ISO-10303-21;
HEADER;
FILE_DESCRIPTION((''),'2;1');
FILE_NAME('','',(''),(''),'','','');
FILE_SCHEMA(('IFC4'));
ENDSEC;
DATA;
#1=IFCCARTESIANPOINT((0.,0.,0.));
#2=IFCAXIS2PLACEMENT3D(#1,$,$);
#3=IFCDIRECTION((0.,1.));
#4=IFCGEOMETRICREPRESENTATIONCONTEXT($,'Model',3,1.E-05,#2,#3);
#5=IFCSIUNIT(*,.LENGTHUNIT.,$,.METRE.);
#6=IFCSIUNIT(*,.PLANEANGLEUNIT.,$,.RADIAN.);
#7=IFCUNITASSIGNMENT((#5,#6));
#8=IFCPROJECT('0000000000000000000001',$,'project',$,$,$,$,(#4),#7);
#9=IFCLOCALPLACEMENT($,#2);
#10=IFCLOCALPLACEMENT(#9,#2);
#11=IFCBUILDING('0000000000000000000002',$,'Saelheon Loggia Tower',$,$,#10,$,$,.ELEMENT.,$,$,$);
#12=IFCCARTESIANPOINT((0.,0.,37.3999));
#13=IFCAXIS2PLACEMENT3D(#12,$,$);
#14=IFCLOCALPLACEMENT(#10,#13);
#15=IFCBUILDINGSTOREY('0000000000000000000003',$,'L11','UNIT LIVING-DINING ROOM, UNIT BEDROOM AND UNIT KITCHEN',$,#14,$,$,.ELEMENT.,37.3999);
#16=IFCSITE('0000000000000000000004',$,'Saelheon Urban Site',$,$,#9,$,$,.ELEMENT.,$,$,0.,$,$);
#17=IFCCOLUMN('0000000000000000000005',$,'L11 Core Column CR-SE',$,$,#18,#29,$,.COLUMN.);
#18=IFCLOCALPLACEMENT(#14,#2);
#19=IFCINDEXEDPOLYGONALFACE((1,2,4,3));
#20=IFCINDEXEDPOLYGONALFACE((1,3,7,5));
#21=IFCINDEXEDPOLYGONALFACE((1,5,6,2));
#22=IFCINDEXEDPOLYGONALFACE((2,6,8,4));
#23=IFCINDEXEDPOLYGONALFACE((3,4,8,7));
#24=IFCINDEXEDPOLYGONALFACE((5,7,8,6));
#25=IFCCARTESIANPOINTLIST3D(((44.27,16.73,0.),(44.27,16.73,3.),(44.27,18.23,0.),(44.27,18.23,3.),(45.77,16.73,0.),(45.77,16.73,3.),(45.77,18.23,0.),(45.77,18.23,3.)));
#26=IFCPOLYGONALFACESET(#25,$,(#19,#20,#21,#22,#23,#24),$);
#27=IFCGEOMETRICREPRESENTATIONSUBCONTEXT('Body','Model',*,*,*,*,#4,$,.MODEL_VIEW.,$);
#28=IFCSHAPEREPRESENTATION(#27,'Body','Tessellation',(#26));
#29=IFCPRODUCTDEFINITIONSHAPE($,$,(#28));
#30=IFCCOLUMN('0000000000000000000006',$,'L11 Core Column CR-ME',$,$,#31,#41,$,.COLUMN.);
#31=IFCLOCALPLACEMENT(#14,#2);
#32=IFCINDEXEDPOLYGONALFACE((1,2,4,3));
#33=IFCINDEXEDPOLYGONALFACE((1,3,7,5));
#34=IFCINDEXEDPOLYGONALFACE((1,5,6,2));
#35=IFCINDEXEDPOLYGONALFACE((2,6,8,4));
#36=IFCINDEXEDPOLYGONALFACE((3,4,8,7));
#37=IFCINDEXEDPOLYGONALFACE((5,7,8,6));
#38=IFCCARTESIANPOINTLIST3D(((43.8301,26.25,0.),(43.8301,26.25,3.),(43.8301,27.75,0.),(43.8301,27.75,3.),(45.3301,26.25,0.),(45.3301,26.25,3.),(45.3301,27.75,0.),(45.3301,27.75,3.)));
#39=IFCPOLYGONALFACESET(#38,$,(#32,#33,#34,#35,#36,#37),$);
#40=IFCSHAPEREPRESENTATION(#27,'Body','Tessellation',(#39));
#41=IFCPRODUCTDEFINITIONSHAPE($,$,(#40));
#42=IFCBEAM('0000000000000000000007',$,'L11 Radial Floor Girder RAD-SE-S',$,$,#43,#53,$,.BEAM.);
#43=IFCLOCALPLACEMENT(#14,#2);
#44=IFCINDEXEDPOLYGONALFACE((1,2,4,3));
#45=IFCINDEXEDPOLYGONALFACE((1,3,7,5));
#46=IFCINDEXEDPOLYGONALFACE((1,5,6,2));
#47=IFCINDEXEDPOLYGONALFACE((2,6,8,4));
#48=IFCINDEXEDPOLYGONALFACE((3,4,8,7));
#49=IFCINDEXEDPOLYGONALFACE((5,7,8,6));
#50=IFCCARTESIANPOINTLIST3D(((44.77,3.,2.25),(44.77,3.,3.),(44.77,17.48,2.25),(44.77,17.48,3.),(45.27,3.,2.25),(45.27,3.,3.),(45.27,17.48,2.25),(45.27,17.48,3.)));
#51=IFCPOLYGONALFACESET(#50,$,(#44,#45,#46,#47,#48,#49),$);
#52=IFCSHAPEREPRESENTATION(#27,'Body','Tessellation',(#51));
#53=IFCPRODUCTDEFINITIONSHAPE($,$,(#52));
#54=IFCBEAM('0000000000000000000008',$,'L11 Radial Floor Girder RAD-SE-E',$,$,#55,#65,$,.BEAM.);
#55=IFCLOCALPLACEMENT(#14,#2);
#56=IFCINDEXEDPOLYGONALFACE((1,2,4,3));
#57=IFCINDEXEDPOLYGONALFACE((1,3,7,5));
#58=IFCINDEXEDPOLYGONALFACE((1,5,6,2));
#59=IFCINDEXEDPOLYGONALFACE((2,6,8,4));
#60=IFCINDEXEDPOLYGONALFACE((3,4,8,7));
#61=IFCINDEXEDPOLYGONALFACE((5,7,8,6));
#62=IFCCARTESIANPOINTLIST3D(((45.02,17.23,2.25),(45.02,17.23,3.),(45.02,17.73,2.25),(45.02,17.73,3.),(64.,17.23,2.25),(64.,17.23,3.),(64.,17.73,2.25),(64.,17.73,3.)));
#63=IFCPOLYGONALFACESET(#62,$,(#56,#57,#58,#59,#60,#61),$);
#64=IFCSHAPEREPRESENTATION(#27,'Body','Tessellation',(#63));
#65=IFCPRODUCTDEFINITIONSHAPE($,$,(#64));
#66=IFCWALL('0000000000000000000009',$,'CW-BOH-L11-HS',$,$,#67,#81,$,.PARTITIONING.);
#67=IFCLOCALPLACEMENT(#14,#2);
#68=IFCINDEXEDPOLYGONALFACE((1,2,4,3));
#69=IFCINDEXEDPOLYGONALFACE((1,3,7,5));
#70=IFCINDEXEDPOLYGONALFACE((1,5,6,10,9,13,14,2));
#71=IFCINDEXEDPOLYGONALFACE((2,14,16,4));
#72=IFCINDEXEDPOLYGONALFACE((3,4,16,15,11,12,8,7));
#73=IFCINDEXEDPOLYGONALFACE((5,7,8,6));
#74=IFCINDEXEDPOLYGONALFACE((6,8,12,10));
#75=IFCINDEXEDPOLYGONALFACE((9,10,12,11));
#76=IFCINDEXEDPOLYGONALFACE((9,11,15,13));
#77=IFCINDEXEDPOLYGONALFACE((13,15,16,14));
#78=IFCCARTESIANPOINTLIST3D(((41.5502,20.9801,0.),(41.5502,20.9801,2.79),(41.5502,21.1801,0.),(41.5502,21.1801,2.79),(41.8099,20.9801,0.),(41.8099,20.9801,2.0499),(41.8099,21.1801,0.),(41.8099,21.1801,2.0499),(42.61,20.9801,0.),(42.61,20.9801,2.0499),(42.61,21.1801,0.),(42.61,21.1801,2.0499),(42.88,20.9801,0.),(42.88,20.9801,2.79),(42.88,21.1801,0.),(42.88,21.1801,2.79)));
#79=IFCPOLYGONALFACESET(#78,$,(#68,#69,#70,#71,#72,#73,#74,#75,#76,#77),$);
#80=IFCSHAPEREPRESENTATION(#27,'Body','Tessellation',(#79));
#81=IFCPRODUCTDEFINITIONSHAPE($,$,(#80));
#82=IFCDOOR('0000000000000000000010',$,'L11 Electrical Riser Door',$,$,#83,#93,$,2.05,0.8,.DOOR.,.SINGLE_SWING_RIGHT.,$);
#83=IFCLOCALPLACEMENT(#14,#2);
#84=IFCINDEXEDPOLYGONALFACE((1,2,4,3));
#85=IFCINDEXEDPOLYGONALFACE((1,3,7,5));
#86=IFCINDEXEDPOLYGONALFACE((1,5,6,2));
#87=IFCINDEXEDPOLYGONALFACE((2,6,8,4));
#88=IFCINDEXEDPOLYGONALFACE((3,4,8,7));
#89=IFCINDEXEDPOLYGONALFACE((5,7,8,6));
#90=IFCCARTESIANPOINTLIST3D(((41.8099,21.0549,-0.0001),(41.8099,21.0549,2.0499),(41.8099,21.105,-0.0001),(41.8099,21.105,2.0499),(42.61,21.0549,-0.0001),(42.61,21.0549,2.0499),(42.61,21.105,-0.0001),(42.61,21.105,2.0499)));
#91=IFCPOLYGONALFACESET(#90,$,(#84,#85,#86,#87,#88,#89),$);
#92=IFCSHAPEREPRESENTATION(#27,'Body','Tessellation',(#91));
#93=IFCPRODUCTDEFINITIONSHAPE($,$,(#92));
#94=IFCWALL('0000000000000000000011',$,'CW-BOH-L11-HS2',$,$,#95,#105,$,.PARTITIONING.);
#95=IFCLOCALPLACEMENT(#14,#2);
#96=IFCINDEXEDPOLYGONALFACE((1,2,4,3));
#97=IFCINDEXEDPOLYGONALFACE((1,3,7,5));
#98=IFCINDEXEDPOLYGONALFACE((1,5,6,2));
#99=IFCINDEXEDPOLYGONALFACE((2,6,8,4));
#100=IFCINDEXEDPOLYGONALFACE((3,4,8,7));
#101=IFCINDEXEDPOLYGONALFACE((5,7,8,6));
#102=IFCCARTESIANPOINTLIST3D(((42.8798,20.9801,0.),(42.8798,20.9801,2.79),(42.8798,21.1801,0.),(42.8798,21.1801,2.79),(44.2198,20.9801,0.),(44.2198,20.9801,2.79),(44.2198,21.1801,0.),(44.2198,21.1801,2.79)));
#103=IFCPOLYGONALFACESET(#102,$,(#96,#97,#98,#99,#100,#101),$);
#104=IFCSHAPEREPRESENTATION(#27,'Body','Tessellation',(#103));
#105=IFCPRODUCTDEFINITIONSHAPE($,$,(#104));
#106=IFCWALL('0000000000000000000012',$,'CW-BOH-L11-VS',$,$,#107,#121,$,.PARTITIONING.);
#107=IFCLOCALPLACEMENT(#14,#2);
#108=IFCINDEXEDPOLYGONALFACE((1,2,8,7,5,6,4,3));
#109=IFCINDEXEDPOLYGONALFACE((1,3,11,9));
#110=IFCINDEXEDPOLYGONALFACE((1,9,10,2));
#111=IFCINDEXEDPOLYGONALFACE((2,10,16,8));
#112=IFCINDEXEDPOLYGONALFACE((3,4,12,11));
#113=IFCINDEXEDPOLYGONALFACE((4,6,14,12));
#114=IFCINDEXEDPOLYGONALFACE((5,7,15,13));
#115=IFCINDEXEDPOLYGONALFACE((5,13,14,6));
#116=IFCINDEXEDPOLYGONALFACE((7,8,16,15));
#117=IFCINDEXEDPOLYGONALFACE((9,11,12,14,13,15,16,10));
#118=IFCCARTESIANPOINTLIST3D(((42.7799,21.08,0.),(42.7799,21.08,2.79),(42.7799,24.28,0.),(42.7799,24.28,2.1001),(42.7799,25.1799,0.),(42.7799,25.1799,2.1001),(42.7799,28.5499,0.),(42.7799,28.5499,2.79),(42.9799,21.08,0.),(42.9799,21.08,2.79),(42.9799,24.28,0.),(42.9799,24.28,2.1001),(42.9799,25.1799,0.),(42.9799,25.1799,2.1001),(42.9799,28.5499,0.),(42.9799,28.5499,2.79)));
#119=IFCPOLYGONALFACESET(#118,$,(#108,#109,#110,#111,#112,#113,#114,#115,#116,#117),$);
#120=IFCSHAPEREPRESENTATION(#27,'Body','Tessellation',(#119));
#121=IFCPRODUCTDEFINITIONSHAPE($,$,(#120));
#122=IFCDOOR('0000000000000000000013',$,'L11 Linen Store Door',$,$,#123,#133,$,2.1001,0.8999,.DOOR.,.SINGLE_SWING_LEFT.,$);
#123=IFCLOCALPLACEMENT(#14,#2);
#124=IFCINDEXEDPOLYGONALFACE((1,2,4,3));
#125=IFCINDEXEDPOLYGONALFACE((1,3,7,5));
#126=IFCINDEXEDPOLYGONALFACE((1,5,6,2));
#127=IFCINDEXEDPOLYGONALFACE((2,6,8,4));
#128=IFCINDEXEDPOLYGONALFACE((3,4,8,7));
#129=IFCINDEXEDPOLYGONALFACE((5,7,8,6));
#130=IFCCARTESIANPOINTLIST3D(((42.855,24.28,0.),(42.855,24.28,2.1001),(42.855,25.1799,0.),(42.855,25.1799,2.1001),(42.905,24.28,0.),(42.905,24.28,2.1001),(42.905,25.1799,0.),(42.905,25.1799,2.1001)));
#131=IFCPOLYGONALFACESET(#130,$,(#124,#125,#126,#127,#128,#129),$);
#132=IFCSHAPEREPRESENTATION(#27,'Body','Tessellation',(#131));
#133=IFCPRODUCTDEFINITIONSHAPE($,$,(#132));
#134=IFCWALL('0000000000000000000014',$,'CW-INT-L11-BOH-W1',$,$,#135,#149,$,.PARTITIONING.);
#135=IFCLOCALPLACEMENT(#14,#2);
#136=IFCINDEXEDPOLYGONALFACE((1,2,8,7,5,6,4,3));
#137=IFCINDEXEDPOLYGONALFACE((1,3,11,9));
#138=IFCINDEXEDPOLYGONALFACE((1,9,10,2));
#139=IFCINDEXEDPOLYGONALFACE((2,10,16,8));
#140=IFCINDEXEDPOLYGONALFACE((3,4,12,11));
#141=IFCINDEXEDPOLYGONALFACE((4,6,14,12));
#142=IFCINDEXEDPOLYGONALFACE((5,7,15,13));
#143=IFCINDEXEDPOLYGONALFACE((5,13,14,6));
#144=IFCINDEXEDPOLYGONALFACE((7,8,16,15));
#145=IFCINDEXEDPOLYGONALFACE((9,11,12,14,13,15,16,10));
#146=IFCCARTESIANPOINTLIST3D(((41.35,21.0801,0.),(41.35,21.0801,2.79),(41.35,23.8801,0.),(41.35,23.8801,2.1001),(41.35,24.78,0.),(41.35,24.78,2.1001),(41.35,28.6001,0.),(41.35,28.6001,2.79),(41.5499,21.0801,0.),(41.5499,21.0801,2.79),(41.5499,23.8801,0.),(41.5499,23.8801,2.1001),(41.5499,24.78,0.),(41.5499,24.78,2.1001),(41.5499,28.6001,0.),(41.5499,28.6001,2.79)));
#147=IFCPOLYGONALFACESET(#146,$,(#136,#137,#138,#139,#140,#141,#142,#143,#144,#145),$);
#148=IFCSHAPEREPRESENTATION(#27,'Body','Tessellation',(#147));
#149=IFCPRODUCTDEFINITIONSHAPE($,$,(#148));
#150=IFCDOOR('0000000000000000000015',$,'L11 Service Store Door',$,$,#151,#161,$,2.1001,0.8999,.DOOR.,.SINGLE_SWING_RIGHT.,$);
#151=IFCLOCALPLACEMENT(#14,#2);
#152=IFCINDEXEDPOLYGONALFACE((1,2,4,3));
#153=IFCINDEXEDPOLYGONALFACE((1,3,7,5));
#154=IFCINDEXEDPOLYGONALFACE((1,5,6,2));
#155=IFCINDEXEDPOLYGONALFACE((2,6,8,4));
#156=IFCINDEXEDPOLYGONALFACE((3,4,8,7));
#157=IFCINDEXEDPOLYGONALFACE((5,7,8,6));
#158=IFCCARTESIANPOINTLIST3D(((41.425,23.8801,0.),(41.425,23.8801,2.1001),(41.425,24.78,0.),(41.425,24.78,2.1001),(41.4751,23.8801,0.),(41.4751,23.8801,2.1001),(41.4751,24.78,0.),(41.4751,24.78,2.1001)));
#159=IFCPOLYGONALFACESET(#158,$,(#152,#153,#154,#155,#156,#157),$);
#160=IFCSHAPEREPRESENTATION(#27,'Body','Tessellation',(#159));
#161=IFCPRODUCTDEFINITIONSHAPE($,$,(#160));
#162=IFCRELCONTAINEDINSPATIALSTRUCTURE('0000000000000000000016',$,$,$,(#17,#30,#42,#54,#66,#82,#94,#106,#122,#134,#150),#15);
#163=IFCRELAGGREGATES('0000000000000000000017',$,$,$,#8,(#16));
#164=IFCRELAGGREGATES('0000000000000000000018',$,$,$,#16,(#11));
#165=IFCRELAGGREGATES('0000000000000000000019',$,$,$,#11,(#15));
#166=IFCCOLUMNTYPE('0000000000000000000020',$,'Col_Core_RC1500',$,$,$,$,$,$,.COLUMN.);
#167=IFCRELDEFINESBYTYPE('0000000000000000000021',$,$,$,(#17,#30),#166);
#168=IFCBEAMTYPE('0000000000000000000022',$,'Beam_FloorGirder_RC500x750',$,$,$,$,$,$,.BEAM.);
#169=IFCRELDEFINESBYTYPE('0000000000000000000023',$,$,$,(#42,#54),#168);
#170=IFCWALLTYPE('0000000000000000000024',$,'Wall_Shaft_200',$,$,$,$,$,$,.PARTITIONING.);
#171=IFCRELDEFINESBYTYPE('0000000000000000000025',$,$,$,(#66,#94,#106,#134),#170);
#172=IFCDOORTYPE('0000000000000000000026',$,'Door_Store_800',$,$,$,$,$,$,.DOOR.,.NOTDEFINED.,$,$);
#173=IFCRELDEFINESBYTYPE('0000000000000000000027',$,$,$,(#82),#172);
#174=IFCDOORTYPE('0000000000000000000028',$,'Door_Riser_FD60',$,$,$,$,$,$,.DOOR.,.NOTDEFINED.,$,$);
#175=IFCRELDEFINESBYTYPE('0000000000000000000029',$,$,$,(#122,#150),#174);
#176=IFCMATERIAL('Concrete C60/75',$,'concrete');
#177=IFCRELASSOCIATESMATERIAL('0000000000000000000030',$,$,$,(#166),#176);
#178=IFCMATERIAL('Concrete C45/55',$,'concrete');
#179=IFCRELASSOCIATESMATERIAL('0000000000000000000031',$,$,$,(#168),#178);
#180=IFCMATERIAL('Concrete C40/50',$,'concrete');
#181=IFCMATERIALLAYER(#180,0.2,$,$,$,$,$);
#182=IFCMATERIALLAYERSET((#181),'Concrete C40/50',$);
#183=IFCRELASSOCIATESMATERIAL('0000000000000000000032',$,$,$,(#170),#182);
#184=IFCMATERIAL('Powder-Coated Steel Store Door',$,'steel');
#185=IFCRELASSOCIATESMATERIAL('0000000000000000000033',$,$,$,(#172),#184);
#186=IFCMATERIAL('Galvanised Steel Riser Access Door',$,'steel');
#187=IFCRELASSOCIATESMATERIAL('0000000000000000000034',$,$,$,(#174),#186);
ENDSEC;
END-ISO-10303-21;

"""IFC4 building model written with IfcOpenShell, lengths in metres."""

from ifc_helpers import new_model, si_unit, direction, frame, frame_2d, origin, origin_2d, place, context, subcontext, project, spatial, rectangle, extrude, source, transform, mapped, material, layer, layer_set, material_profile, profile_set, type_object, element, fill, save


model = new_model("IFC4")

# Units and contexts
model_context = context("Model", 3, precision=1e-05, world=origin(), true_north=direction((0.0, 1.0)))
body_context = subcontext(model_context, "Body", "Model", "MODEL_VIEW")
ifc_project = project(units=[si_unit("LENGTHUNIT", "METRE"), si_unit("PLANEANGLEUNIT", "RADIAN")], contexts=[model_context])

# Site, building, storey
site_placement = place(None, origin())
site = spatial("IfcSite", under=ifc_project, at=site_placement, Name="Saelheon Urban Site", CompositionType="ELEMENT", RefElevation=0.0)
building_placement = place(site_placement, origin())
building = spatial("IfcBuilding", under=site, at=building_placement, Name="Saelheon Loggia Tower", CompositionType="ELEMENT")
storey_placement = place(building_placement, frame((0.0, 0.0, 37.3999)))
storey = spatial("IfcBuildingStorey", under=building, at=storey_placement, Name="L11", Description="UNIT LIVING-DINING ROOM, UNIT BEDROOM AND UNIT KITCHEN", CompositionType="ELEMENT", Elevation=37.3999)

# Columns
ifc_material_1 = material(Name="Concrete C60/75", Category="concrete")
ifc_material_profile_1 = material_profile(ifc_material_1, rectangle(XDim=1.5, YDim=1.5, at=origin_2d()), Name="RC-1500x1500")
ifc_profile_set_1 = profile_set([ifc_material_profile_1], Name="Concrete C60/75")
column_type = type_object("IfcColumnType", Name="Col_Core_RC1500", PredefinedType="COLUMN", material=ifc_profile_set_1)
shared_shape_1 = source(origin(), body_context, "Body", "SweptSolid", [
    extrude(rectangle(XDim=1.5, YDim=1.5, at=origin_2d()), origin(), (0.0, 0.0, 1.0), 3.0),
])
for number, where, z_axis, x_axis, name in (
    (1, (45.02, 17.48, 0.0), (0.0, 0.0, 1.0), (1.0, 0.0, 0.0), "L11 Core Column CR-SE"),
    (2, (44.5801, 27.0, 0.0), (0.0, 0.0, 1.0), (1.0, 0.0, 0.0), "L11 Core Column CR-ME"),
):
    element("IfcColumn", number, at=place(storey_placement, frame(where, z_axis=z_axis, x_axis=x_axis)), inside=storey, type_object=column_type, Name=name, PredefinedType="COLUMN", context=body_context, shape_type="MappedRepresentation", body=[
        mapped(shared_shape_1, transform((0.0, 0.0, 0.0), scale=1.0)),
    ])

# Beams
ifc_material_2 = material(Name="Concrete C45/55", Category="concrete")
ifc_material_profile_2 = material_profile(ifc_material_2, rectangle(XDim=0.5, YDim=0.75, at=origin_2d()), Name="RC-500x750")
ifc_profile_set_2 = profile_set([ifc_material_profile_2], Name="Concrete C45/55")
beam_type = type_object("IfcBeamType", Name="Beam_FloorGirder_RC500x750", PredefinedType="BEAM", material=ifc_profile_set_2)
shared_shape_2 = source(origin(), body_context, "Body", "SweptSolid", [
    extrude(rectangle(XDim=0.5, YDim=0.75, at=origin_2d()), origin(), (0.0, 0.0, 1.0), 14.48),
])
beam_1_placement = place(storey_placement, frame((45.02, 17.48, 2.625), z_axis=(0.0, -1.0, 0.0), x_axis=(1.0, 0.0, 0.0)))
element("IfcBeam", 3, at=beam_1_placement, inside=storey, type_object=beam_type, Name="L11 Radial Floor Girder RAD-SE-S", PredefinedType="BEAM", context=body_context, shape_type="MappedRepresentation", body=[
    mapped(shared_shape_2, transform((0.0, 0.0, 0.0), scale=1.0)),
])
shared_shape_3 = source(origin(), body_context, "Body", "SweptSolid", [
    extrude(rectangle(XDim=0.5, YDim=0.75, at=origin_2d()), origin(), (0.0, 0.0, 1.0), 18.98),
])
beam_2_placement = place(storey_placement, frame((45.02, 17.48, 2.625), z_axis=(1.0, 0.0, 0.0), x_axis=(0.0, 1.0, 0.0)))
element("IfcBeam", 4, at=beam_2_placement, inside=storey, type_object=beam_type, Name="L11 Radial Floor Girder RAD-SE-E", PredefinedType="BEAM", context=body_context, shape_type="MappedRepresentation", body=[
    mapped(shared_shape_3, transform((0.0, 0.0, 0.0), scale=1.0)),
])

# Wall, opening, door
ifc_material_3 = material(Name="Concrete C40/50", Category="concrete")
ifc_layer_1 = layer(ifc_material_3, 0.2)
ifc_layer_set_1 = layer_set([ifc_layer_1], Name="Concrete C40/50")
wall_type_1 = type_object("IfcWallType", Name="Wall_Shaft_200", PredefinedType="PARTITIONING", material=ifc_layer_set_1)
wall_1_placement = place(storey_placement, frame((41.55, 21.0801, 0.0), z_axis=(0.0, 0.0, 1.0), x_axis=(1.0, 0.0, 0.0)))
wall_1 = element("IfcWall", 5, at=wall_1_placement, inside=storey, type_object=wall_type_1, Name="CW-BOH-L11-HS", PredefinedType="PARTITIONING", context=body_context, shape_type="SweptSolid", body=[
    extrude(rectangle(XDim=1.3298, YDim=0.2, at=frame_2d((0.665, 0.0))), origin(), (0.0, 0.0, 1.0), 2.79),
])
opening_1_placement = place(wall_1_placement, frame((0.26, 0.0, 0.0)))
opening_1 = element("IfcOpeningElement", 6, at=opening_1_placement, cuts=wall_1, PredefinedType="OPENING", context=body_context, shape_type="SweptSolid", body=[
    extrude(rectangle(XDim=0.8, YDim=2.05, at=frame_2d((0.3999, 1.0249))), frame((0.0, 0.1121, 0.0), z_axis=(0.0, -1.0, 0.0), x_axis=(1.0, 0.0, 0.0)), (0.0, 0.0, 1.0), 0.2239),
])
ifc_material_4 = material(Name="Powder-Coated Steel Store Door", Category="steel")
door_type_1 = type_object("IfcDoorType", Name="Door_Store_800", OperationType="NOTDEFINED", PredefinedType="DOOR", material=ifc_material_4)
shared_shape_4 = source(origin(), body_context, "Body", "SweptSolid", [
    extrude(rectangle(XDim=0.8, YDim=2.05, at=frame_2d((0.3999, 1.0249))), frame((0.0, 0.0249, 0.0), z_axis=(0.0, -1.0, 0.0), x_axis=(1.0, 0.0, 0.0)), (0.0, 0.0, 1.0), 0.05),
])
door_1_placement = place(opening_1_placement, origin())
door_1 = element("IfcDoor", 7, at=door_1_placement, inside=storey, type_object=door_type_1, Name="L11 Electrical Riser Door", OperationType="SINGLE_SWING_RIGHT", OverallHeight=2.05, OverallWidth=0.8, PredefinedType="DOOR", context=body_context, shape_type="MappedRepresentation", body=[
    mapped(shared_shape_4, transform((0.0, 0.0, 0.0), scale=1.0)),
])
fill(opening_1, door_1)

# Wall
wall_2_placement = place(storey_placement, frame((42.8799, 21.0801, 0.0), z_axis=(0.0, 0.0, 1.0), x_axis=(1.0, 0.0, 0.0)))
element("IfcWall", 8, at=wall_2_placement, inside=storey, type_object=wall_type_1, Name="CW-BOH-L11-HS2", PredefinedType="PARTITIONING", context=body_context, shape_type="SweptSolid", body=[
    extrude(rectangle(XDim=1.3401, YDim=0.2, at=frame_2d((0.6699, 0.0))), origin(), (0.0, 0.0, 1.0), 2.79),
])

# Walls, openings, doors
wall_3_placement = place(storey_placement, frame((42.8799, 21.0801, 0.0), z_axis=(0.0, 0.0, 1.0), x_axis=(0.0, 1.0, 0.0)))
wall_3 = element("IfcWall", 9, at=wall_3_placement, inside=storey, type_object=wall_type_1, Name="CW-BOH-L11-VS", PredefinedType="PARTITIONING", context=body_context, shape_type="SweptSolid", body=[
    extrude(rectangle(XDim=7.47, YDim=0.2, at=frame_2d((3.7349, 0.0))), origin(), (0.0, 0.0, 1.0), 2.79),
])
opening_2_placement = place(wall_3_placement, frame((3.2, 0.0, 0.0)))
opening_2 = element("IfcOpeningElement", 10, at=opening_2_placement, cuts=wall_3, PredefinedType="OPENING", context=body_context, shape_type="SweptSolid", body=[
    extrude(rectangle(XDim=0.8999, YDim=2.1001, at=frame_2d((0.45, 1.05))), frame((0.0, 0.1121, 0.0), z_axis=(0.0, -1.0, 0.0), x_axis=(1.0, 0.0, 0.0)), (0.0, 0.0, 1.0), 0.2239),
])
ifc_material_5 = material(Name="Galvanised Steel Riser Access Door", Category="steel")
door_type_2 = type_object("IfcDoorType", Name="Door_Riser_FD60", OperationType="NOTDEFINED", PredefinedType="DOOR", material=ifc_material_5)
shared_shape_5 = source(origin(), body_context, "Body", "SweptSolid", [
    extrude(rectangle(XDim=0.8999, YDim=2.1001, at=frame_2d((0.45, 1.05))), frame((0.0, 0.0249, 0.0), z_axis=(0.0, -1.0, 0.0), x_axis=(1.0, 0.0, 0.0)), (0.0, 0.0, 1.0), 0.05),
])
door_2_placement = place(opening_2_placement, origin())
door_2 = element("IfcDoor", 11, at=door_2_placement, inside=storey, type_object=door_type_2, Name="L11 Linen Store Door", OperationType="SINGLE_SWING_LEFT", OverallHeight=2.1001, OverallWidth=0.8999, PredefinedType="DOOR", context=body_context, shape_type="MappedRepresentation", body=[
    mapped(shared_shape_5, transform((0.0, 0.0, 0.0), scale=1.0)),
])
fill(opening_2, door_2)
wall_4_placement = place(storey_placement, frame((41.45, 21.0801, 0.0), z_axis=(0.0, 0.0, 1.0), x_axis=(0.0, 1.0, 0.0)))
wall_4 = element("IfcWall", 12, at=wall_4_placement, inside=storey, type_object=wall_type_1, Name="CW-INT-L11-BOH-W1", PredefinedType="PARTITIONING", context=body_context, shape_type="SweptSolid", body=[
    extrude(rectangle(XDim=7.52, YDim=0.2, at=frame_2d((3.76, 0.0))), origin(), (0.0, 0.0, 1.0), 2.79),
])
opening_3_placement = place(wall_4_placement, frame((2.8, 0.0, 0.0)))
opening_3 = element("IfcOpeningElement", 13, at=opening_3_placement, cuts=wall_4, PredefinedType="OPENING", context=body_context, shape_type="SweptSolid", body=[
    extrude(rectangle(XDim=0.8999, YDim=2.1001, at=frame_2d((0.45, 1.05))), frame((0.0, 0.1121, 0.0), z_axis=(0.0, -1.0, 0.0), x_axis=(1.0, 0.0, 0.0)), (0.0, 0.0, 1.0), 0.2239),
])
door_3_placement = place(opening_3_placement, origin())
door_3 = element("IfcDoor", 14, at=door_3_placement, inside=storey, type_object=door_type_2, Name="L11 Service Store Door", OperationType="SINGLE_SWING_RIGHT", OverallHeight=2.1001, OverallWidth=0.8999, PredefinedType="DOOR", context=body_context, shape_type="MappedRepresentation", body=[
    mapped(shared_shape_5, transform((0.0, 0.0, 0.0), scale=1.0)),
])
fill(opening_3, door_3)

save(model, "model.ifc")
